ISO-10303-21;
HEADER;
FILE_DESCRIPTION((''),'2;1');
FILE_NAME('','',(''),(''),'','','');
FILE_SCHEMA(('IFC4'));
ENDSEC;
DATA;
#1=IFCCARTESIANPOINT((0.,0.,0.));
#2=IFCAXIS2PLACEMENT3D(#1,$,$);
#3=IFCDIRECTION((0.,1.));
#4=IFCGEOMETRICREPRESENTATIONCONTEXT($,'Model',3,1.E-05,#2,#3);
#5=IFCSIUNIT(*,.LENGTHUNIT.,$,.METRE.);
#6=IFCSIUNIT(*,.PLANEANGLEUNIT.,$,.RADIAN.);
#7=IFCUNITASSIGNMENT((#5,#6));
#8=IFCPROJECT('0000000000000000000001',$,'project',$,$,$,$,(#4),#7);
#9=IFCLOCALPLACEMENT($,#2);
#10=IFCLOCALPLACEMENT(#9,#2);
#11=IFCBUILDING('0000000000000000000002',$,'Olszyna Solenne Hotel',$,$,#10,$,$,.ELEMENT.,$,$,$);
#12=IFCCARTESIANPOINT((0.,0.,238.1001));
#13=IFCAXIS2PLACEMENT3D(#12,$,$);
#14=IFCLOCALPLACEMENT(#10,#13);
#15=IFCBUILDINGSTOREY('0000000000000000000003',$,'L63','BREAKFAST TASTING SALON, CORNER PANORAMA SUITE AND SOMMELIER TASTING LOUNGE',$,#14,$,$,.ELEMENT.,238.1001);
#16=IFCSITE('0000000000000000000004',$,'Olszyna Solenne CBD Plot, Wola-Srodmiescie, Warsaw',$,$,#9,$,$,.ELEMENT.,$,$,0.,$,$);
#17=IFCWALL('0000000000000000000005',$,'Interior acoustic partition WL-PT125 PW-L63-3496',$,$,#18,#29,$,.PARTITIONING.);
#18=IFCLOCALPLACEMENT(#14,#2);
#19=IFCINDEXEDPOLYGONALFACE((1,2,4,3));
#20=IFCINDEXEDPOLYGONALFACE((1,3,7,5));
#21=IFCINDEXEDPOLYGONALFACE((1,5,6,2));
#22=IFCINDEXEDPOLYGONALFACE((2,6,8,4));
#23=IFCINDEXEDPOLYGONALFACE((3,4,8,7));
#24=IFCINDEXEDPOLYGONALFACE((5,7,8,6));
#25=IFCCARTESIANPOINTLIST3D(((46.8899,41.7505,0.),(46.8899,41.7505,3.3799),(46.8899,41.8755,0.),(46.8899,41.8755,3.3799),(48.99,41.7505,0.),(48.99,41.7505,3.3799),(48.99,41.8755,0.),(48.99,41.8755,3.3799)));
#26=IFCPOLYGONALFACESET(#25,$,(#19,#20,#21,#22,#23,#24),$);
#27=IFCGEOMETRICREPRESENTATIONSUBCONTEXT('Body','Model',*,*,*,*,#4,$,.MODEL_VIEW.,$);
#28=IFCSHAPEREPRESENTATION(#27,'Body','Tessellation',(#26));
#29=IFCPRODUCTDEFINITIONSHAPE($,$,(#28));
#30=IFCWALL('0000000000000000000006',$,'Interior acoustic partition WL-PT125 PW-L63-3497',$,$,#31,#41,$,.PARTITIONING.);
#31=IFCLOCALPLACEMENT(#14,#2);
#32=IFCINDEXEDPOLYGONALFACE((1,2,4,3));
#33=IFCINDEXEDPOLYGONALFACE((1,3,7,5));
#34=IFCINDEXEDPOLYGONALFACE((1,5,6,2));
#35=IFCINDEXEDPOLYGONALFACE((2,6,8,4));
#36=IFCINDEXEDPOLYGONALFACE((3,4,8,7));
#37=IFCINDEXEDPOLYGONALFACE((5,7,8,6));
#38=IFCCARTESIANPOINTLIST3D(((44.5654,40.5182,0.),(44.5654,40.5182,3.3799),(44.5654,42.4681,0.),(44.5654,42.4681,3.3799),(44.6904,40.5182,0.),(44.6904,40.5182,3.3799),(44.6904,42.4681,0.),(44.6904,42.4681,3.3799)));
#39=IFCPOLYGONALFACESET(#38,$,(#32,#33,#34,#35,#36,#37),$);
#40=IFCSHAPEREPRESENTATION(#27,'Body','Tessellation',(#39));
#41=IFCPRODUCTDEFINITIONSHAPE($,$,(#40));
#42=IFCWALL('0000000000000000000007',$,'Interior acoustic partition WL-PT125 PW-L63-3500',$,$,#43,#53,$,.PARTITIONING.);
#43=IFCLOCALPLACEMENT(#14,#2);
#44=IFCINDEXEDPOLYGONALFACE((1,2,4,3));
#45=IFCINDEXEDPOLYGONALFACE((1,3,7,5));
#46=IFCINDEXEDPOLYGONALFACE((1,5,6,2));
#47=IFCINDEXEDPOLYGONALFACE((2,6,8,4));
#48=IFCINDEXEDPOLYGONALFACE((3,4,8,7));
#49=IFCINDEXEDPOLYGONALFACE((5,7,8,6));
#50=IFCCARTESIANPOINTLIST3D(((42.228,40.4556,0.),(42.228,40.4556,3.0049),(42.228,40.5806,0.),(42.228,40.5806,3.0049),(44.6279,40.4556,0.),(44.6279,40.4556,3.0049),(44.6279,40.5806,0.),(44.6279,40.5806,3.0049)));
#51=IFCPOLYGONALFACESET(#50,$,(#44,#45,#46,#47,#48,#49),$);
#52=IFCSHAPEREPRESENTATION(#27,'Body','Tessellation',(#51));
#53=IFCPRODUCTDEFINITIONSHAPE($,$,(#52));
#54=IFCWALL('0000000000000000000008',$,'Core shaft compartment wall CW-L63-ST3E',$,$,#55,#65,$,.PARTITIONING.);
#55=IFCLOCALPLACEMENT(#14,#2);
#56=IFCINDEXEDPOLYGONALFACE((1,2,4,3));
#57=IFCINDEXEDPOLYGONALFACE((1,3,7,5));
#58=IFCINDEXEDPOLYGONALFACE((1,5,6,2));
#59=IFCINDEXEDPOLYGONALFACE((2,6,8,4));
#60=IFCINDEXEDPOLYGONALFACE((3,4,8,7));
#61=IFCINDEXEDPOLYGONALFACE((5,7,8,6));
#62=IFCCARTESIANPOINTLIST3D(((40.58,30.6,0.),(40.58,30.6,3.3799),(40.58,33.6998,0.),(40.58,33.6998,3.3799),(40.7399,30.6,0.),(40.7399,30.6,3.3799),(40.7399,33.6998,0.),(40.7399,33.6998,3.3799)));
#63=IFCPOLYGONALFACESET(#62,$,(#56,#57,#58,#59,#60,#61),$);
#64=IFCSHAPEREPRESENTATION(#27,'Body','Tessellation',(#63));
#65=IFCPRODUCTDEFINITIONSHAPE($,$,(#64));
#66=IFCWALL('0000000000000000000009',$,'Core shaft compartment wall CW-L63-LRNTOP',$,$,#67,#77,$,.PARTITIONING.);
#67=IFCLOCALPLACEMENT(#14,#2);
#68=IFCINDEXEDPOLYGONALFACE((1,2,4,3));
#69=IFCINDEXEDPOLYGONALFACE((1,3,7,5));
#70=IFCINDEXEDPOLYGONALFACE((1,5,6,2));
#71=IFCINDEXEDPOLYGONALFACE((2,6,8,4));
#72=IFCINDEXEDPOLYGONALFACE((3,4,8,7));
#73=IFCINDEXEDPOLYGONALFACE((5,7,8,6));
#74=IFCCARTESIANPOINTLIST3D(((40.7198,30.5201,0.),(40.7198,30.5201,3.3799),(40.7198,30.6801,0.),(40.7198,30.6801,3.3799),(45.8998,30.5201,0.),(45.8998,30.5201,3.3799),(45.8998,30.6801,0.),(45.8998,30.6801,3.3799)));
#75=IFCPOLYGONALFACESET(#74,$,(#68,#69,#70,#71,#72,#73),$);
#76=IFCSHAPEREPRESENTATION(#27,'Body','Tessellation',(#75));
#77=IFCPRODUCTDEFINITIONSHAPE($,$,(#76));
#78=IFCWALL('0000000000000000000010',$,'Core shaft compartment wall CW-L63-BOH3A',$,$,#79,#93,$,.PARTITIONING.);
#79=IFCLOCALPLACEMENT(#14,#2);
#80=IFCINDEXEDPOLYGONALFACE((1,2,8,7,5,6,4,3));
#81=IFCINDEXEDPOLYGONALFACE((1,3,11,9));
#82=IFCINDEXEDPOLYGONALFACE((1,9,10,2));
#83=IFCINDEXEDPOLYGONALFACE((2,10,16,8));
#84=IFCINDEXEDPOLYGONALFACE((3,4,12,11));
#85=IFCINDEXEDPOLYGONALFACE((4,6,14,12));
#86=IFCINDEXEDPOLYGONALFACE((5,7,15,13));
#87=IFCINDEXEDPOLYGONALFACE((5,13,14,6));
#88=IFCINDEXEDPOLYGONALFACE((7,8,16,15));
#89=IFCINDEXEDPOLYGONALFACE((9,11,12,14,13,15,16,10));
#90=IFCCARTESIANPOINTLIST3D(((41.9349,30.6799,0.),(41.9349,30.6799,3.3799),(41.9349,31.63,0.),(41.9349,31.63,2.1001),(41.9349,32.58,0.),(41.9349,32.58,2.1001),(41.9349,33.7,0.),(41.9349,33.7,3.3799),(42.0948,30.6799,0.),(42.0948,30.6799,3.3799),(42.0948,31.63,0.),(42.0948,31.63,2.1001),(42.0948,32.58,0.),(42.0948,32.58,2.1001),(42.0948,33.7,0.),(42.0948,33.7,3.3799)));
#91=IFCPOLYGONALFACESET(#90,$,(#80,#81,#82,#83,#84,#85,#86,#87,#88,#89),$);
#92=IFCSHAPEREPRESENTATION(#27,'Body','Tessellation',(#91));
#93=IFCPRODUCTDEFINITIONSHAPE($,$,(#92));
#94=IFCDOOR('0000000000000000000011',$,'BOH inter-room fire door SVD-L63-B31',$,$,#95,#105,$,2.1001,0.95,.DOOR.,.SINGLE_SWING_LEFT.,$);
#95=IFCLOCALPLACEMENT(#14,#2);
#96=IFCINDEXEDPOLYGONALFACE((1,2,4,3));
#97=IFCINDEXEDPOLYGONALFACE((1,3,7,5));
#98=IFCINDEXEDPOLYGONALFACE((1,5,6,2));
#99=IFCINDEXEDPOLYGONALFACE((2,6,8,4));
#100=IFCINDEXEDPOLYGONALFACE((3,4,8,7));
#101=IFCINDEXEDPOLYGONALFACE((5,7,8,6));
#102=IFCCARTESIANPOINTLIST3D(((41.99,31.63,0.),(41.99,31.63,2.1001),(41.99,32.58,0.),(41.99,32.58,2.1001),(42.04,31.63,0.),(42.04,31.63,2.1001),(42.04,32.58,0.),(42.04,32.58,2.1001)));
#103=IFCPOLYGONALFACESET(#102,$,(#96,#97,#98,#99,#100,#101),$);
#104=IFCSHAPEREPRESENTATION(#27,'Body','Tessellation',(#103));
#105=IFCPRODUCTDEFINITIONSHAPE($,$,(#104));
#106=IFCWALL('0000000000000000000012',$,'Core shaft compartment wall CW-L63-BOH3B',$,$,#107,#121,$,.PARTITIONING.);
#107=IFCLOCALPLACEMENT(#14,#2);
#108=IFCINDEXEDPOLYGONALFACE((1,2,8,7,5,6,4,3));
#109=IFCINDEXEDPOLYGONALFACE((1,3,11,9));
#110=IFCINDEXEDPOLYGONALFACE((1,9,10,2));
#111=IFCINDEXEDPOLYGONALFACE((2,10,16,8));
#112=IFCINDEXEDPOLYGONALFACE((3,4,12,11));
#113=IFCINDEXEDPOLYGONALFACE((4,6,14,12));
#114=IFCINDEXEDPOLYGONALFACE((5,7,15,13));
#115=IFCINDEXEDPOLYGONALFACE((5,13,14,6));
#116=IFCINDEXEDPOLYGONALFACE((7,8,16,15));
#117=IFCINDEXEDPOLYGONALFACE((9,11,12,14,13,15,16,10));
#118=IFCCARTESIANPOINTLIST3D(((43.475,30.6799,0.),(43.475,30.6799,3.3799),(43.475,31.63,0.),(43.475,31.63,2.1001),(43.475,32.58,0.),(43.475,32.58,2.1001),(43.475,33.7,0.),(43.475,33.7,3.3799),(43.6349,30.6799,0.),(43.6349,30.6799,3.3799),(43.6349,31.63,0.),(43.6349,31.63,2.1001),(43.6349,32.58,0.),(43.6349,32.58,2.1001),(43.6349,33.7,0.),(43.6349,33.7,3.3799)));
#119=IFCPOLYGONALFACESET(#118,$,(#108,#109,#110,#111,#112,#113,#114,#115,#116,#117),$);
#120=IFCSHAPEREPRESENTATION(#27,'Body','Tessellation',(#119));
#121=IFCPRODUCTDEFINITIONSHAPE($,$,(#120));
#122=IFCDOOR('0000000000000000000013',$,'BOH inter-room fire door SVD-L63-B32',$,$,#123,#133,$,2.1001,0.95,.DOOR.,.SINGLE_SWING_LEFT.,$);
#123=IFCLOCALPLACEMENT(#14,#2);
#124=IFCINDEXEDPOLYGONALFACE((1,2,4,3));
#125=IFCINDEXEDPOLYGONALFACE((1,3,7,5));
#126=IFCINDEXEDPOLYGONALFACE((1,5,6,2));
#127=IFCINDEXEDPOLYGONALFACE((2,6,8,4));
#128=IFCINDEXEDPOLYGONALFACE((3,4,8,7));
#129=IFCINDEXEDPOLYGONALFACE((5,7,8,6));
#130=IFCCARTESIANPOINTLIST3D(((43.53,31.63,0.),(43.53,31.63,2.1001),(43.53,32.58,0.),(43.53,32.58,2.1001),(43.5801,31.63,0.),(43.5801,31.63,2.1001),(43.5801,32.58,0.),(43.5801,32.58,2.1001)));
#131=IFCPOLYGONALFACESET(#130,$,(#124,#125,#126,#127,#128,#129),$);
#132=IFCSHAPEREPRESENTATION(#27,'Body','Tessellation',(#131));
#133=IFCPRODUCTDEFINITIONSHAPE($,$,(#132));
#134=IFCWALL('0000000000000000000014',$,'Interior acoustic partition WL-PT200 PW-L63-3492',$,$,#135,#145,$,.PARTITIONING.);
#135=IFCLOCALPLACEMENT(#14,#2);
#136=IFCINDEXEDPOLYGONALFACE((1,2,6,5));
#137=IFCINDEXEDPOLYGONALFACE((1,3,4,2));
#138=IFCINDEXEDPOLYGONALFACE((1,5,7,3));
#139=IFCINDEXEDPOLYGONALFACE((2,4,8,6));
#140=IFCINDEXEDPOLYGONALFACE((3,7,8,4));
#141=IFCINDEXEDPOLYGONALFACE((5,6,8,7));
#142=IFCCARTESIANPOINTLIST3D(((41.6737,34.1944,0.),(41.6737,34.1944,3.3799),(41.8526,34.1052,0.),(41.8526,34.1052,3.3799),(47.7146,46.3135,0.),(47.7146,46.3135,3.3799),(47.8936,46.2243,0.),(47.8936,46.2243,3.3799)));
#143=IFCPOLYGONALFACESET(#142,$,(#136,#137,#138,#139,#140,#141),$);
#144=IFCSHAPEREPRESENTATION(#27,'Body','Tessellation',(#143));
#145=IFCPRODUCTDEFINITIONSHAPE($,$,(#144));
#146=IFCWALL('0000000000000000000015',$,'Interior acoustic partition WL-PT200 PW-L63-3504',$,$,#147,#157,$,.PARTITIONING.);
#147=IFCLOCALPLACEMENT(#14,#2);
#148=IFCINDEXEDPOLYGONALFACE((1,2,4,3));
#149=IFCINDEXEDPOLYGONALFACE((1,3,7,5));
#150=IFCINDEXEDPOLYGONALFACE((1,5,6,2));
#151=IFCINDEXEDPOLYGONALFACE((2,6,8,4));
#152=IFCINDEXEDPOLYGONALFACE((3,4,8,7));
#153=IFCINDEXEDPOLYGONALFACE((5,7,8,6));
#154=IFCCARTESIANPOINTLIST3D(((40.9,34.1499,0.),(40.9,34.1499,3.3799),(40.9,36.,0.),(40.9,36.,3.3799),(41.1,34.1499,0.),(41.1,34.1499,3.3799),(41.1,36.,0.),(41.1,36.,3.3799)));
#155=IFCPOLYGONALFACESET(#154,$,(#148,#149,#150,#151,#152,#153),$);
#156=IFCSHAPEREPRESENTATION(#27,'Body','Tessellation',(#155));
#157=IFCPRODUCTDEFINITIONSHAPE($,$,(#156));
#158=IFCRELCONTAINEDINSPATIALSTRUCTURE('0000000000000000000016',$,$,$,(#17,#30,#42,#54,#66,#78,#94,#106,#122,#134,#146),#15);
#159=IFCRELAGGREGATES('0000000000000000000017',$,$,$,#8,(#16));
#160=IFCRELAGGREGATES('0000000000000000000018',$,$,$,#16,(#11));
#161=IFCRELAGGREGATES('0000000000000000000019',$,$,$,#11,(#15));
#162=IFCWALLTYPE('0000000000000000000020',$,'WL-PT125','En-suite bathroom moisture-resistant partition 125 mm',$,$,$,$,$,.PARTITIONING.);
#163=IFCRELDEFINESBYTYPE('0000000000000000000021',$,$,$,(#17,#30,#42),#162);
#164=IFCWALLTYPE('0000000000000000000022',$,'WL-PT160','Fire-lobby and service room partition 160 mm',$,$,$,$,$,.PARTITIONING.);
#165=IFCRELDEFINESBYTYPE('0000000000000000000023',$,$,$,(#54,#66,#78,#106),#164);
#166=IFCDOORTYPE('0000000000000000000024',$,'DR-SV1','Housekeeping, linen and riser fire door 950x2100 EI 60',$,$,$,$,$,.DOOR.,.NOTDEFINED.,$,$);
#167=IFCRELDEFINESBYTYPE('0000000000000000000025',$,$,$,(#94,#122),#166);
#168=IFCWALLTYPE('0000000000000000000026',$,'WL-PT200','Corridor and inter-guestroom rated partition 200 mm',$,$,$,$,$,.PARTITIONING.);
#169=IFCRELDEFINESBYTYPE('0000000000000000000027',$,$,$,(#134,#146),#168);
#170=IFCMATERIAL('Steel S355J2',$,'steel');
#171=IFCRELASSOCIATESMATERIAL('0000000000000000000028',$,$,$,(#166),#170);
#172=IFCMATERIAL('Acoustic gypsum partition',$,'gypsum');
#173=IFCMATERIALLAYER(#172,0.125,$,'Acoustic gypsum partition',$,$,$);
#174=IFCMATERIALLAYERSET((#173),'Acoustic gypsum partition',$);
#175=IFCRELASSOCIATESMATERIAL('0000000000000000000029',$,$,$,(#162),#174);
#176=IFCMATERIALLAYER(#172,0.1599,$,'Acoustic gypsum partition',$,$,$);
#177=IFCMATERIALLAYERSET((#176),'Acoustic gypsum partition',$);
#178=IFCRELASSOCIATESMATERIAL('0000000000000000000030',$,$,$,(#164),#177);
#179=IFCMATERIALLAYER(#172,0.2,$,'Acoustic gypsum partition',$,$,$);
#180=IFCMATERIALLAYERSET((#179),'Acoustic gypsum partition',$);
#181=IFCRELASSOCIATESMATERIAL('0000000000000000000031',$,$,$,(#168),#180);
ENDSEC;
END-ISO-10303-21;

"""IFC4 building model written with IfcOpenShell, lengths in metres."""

from ifc_helpers import new_model, si_unit, direction, frame, frame_2d, origin, place, context, subcontext, project, spatial, rectangle, extrude, source, transform, mapped, material, layer, layer_set, type_object, type_shapes, element, fill, save


model = new_model("IFC4")

# Units and contexts
model_context = context("Model", 3, precision=1e-05, world=origin(), true_north=direction((0.0, 1.0)))
body_context = subcontext(model_context, "Body", "Model", "MODEL_VIEW")
ifc_project = project(units=[si_unit("LENGTHUNIT", "METRE"), si_unit("PLANEANGLEUNIT", "RADIAN")], contexts=[model_context])

# Site, building, storey
site_placement = place(None, origin())
site = spatial("IfcSite", under=ifc_project, at=site_placement, Name="Olszyna Solenne CBD Plot, Wola-Srodmiescie, Warsaw", CompositionType="ELEMENT", RefElevation=0.0)
building_placement = place(site_placement, origin())
building = spatial("IfcBuilding", under=site, at=building_placement, Name="Olszyna Solenne Hotel", CompositionType="ELEMENT")
storey_placement = place(building_placement, frame((0.0, 0.0, 238.1001)))
storey = spatial("IfcBuildingStorey", under=building, at=storey_placement, Name="L63", Description="BREAKFAST TASTING SALON, CORNER PANORAMA SUITE AND SOMMELIER TASTING LOUNGE", CompositionType="ELEMENT", Elevation=238.1001)

# Shared definitions
ifc_material_1 = material(Name="Steel S355J2", Category="steel")

# Shared definitions
door_type_1 = type_object("IfcDoorType", Name="DR-SV1", Description="Housekeeping, linen and riser fire door 950x2100 EI 60", OperationType="NOTDEFINED", PredefinedType="DOOR", material=ifc_material_1)
shared_shape_1 = source(origin(), body_context, "Body", "SweptSolid", [
    extrude(rectangle(XDim=0.95, YDim=2.1001, at=frame_2d((0.4751, 1.05))), frame((0.0, 0.0249, 0.0), z_axis=(0.0, -1.0, 0.0), x_axis=(1.0, 0.0, 0.0)), (0.0, 0.0, 1.0), 0.05),
])
type_shapes(door_type_1, [shared_shape_1])

# Walls
ifc_material_2 = material(Name="Acoustic gypsum partition", Category="gypsum")
ifc_layer_1 = layer(ifc_material_2, 0.125, Name="Acoustic gypsum partition")
ifc_layer_set_1 = layer_set([ifc_layer_1], Name="Acoustic gypsum partition")
wall_type_1 = type_object("IfcWallType", Name="WL-PT125", Description="En-suite bathroom moisture-resistant partition 125 mm", PredefinedType="PARTITIONING", material=ifc_layer_set_1)
wall_1_placement = place(storey_placement, frame((46.8899, 41.813, 0.0), z_axis=(0.0, 0.0, 1.0), x_axis=(1.0, 0.0, 0.0)))
element("IfcWall", 1, at=wall_1_placement, inside=storey, type_object=wall_type_1, Name="Interior acoustic partition WL-PT125 PW-L63-3496", PredefinedType="PARTITIONING", context=body_context, shape_type="SweptSolid", body=[
    extrude(rectangle(XDim=2.1001, YDim=0.125, at=frame_2d((1.05, 0.0))), origin(), (0.0, 0.0, 1.0), 3.3799),
])
wall_2_placement = place(storey_placement, frame((44.6279, 40.5181, 0.0), z_axis=(0.0, 0.0, 1.0), x_axis=(0.0, 1.0, 0.0)))
element("IfcWall", 2, at=wall_2_placement, inside=storey, type_object=wall_type_1, Name="Interior acoustic partition WL-PT125 PW-L63-3497", PredefinedType="PARTITIONING", context=body_context, shape_type="SweptSolid", body=[
    extrude(rectangle(XDim=1.95, YDim=0.125, at=frame_2d((0.9751, 0.0))), origin(), (0.0, 0.0, 1.0), 3.3799),
])
wall_3_placement = place(storey_placement, frame((42.228, 40.5181, 0.0), z_axis=(0.0, 0.0, 1.0), x_axis=(1.0, 0.0, 0.0)))
element("IfcWall", 3, at=wall_3_placement, inside=storey, type_object=wall_type_1, Name="Interior acoustic partition WL-PT125 PW-L63-3500", PredefinedType="PARTITIONING", context=body_context, shape_type="SweptSolid", body=[
    extrude(rectangle(XDim=2.3999, YDim=0.125, at=frame_2d((1.2, 0.0))), origin(), (0.0, 0.0, 1.0), 3.0049),
])
ifc_layer_2 = layer(ifc_material_2, 0.1599, Name="Acoustic gypsum partition")
ifc_layer_set_2 = layer_set([ifc_layer_2], Name="Acoustic gypsum partition")
wall_type_2 = type_object("IfcWallType", Name="WL-PT160", Description="Fire-lobby and service room partition 160 mm", PredefinedType="PARTITIONING", material=ifc_layer_set_2)
wall_4_placement = place(storey_placement, frame((40.6599, 30.6001, 0.0), z_axis=(0.0, 0.0, 1.0), x_axis=(0.0, 1.0, 0.0)))
element("IfcWall", 4, at=wall_4_placement, inside=storey, type_object=wall_type_2, Name="Core shaft compartment wall CW-L63-ST3E", PredefinedType="PARTITIONING", context=body_context, shape_type="SweptSolid", body=[
    extrude(rectangle(XDim=3.0999, YDim=0.1599, at=frame_2d((1.5498, 0.0))), origin(), (0.0, 0.0, 1.0), 3.3799),
])
wall_5_placement = place(storey_placement, frame((40.72, 30.6001, 0.0), z_axis=(0.0, 0.0, 1.0), x_axis=(1.0, 0.0, 0.0)))
element("IfcWall", 5, at=wall_5_placement, inside=storey, type_object=wall_type_2, Name="Core shaft compartment wall CW-L63-LRNTOP", PredefinedType="PARTITIONING", context=body_context, shape_type="SweptSolid", body=[
    extrude(rectangle(XDim=5.1799, YDim=0.1599, at=frame_2d((2.5898, 0.0))), origin(), (0.0, 0.0, 1.0), 3.3799),
])

# Walls, openings, doors
wall_6_placement = place(storey_placement, frame((42.0149, 30.6799, 0.0), z_axis=(0.0, 0.0, 1.0), x_axis=(0.0, 1.0, 0.0)))
wall_6 = element("IfcWall", 6, at=wall_6_placement, inside=storey, type_object=wall_type_2, Name="Core shaft compartment wall CW-L63-BOH3A", PredefinedType="PARTITIONING", context=body_context, shape_type="SweptSolid", body=[
    extrude(rectangle(XDim=3.02, YDim=0.1599, at=frame_2d((1.51, 0.0))), origin(), (0.0, 0.0, 1.0), 3.3799),
])
opening_1_placement = place(wall_6_placement, frame((0.95, 0.0, 0.0)))
opening_1 = element("IfcOpeningElement", 7, at=opening_1_placement, cuts=wall_6, PredefinedType="OPENING", context=body_context, shape_type="SweptSolid", body=[
    extrude(rectangle(XDim=0.95, YDim=2.1001, at=frame_2d((0.4751, 1.05))), frame((0.0, 0.0898, 0.0), z_axis=(0.0, -1.0, 0.0), x_axis=(1.0, 0.0, 0.0)), (0.0, 0.0, 1.0), 0.1799),
])
door_1_placement = place(opening_1_placement, origin())
door_1 = element("IfcDoor", 8, at=door_1_placement, inside=storey, type_object=door_type_1, Name="BOH inter-room fire door SVD-L63-B31", OperationType="SINGLE_SWING_LEFT", OverallHeight=2.1001, OverallWidth=0.95, PredefinedType="DOOR", context=body_context, shape_type="MappedRepresentation", body=[
    mapped(shared_shape_1, transform((0.0, 0.0, 0.0), x_axis=(1.0, 0.0, 0.0), y_axis=(0.0, 1.0, 0.0), z_axis=(0.0, 0.0, 1.0), scale=1.0)),
])
fill(opening_1, door_1)
wall_7_placement = place(storey_placement, frame((43.5549, 30.6799, 0.0), z_axis=(0.0, 0.0, 1.0), x_axis=(0.0, 1.0, 0.0)))
wall_7 = element("IfcWall", 9, at=wall_7_placement, inside=storey, type_object=wall_type_2, Name="Core shaft compartment wall CW-L63-BOH3B", PredefinedType="PARTITIONING", context=body_context, shape_type="SweptSolid", body=[
    extrude(rectangle(XDim=3.02, YDim=0.1599, at=frame_2d((1.51, 0.0))), origin(), (0.0, 0.0, 1.0), 3.3799),
])
opening_2_placement = place(wall_7_placement, frame((0.95, 0.0, 0.0)))
opening_2 = element("IfcOpeningElement", 10, at=opening_2_placement, cuts=wall_7, PredefinedType="OPENING", context=body_context, shape_type="SweptSolid", body=[
    extrude(rectangle(XDim=0.95, YDim=2.1001, at=frame_2d((0.4751, 1.05))), frame((0.0, 0.0898, 0.0), z_axis=(0.0, -1.0, 0.0), x_axis=(1.0, 0.0, 0.0)), (0.0, 0.0, 1.0), 0.1799),
])
door_2_placement = place(opening_2_placement, origin())
door_2 = element("IfcDoor", 11, at=door_2_placement, inside=storey, type_object=door_type_1, Name="BOH inter-room fire door SVD-L63-B32", OperationType="SINGLE_SWING_LEFT", OverallHeight=2.1001, OverallWidth=0.95, PredefinedType="DOOR", context=body_context, shape_type="MappedRepresentation", body=[
    mapped(shared_shape_1, transform((0.0, 0.0, 0.0), x_axis=(1.0, 0.0, 0.0), y_axis=(0.0, 1.0, 0.0), z_axis=(0.0, 0.0, 1.0), scale=1.0)),
])
fill(opening_2, door_2)

# Walls
ifc_layer_3 = layer(ifc_material_2, 0.2, Name="Acoustic gypsum partition")
ifc_layer_set_3 = layer_set([ifc_layer_3], Name="Acoustic gypsum partition")
wall_type_3 = type_object("IfcWallType", Name="WL-PT200", Description="Corridor and inter-guestroom rated partition 200 mm", PredefinedType="PARTITIONING", material=ifc_layer_set_3)
wall_8_placement = place(storey_placement, frame((41.7632, 34.1499, 0.0), z_axis=(0.0, 0.0, 1.0), x_axis=(0.446117, 0.894975, 0.0)))
element("IfcWall", 12, at=wall_8_placement, inside=storey, type_object=wall_type_3, Name="Interior acoustic partition WL-PT200 PW-L63-3492", PredefinedType="PARTITIONING", context=body_context, shape_type="SweptSolid", body=[
    extrude(rectangle(XDim=13.5413, YDim=0.2, at=frame_2d((6.7705, 0.0))), origin(), (0.0, 0.0, 1.0), 3.3799),
])
wall_9_placement = place(storey_placement, frame((41.0, 34.1499, 0.0), z_axis=(0.0, 0.0, 1.0), x_axis=(0.0, 1.0, 0.0)))
element("IfcWall", 13, at=wall_9_placement, inside=storey, type_object=wall_type_3, Name="Interior acoustic partition WL-PT200 PW-L63-3504", PredefinedType="PARTITIONING", context=body_context, shape_type="SweptSolid", body=[
    extrude(rectangle(XDim=1.8501, YDim=0.2, at=frame_2d((0.925, 0.0))), origin(), (0.0, 0.0, 1.0), 3.3799),
])

save(model, "model.ifc")
